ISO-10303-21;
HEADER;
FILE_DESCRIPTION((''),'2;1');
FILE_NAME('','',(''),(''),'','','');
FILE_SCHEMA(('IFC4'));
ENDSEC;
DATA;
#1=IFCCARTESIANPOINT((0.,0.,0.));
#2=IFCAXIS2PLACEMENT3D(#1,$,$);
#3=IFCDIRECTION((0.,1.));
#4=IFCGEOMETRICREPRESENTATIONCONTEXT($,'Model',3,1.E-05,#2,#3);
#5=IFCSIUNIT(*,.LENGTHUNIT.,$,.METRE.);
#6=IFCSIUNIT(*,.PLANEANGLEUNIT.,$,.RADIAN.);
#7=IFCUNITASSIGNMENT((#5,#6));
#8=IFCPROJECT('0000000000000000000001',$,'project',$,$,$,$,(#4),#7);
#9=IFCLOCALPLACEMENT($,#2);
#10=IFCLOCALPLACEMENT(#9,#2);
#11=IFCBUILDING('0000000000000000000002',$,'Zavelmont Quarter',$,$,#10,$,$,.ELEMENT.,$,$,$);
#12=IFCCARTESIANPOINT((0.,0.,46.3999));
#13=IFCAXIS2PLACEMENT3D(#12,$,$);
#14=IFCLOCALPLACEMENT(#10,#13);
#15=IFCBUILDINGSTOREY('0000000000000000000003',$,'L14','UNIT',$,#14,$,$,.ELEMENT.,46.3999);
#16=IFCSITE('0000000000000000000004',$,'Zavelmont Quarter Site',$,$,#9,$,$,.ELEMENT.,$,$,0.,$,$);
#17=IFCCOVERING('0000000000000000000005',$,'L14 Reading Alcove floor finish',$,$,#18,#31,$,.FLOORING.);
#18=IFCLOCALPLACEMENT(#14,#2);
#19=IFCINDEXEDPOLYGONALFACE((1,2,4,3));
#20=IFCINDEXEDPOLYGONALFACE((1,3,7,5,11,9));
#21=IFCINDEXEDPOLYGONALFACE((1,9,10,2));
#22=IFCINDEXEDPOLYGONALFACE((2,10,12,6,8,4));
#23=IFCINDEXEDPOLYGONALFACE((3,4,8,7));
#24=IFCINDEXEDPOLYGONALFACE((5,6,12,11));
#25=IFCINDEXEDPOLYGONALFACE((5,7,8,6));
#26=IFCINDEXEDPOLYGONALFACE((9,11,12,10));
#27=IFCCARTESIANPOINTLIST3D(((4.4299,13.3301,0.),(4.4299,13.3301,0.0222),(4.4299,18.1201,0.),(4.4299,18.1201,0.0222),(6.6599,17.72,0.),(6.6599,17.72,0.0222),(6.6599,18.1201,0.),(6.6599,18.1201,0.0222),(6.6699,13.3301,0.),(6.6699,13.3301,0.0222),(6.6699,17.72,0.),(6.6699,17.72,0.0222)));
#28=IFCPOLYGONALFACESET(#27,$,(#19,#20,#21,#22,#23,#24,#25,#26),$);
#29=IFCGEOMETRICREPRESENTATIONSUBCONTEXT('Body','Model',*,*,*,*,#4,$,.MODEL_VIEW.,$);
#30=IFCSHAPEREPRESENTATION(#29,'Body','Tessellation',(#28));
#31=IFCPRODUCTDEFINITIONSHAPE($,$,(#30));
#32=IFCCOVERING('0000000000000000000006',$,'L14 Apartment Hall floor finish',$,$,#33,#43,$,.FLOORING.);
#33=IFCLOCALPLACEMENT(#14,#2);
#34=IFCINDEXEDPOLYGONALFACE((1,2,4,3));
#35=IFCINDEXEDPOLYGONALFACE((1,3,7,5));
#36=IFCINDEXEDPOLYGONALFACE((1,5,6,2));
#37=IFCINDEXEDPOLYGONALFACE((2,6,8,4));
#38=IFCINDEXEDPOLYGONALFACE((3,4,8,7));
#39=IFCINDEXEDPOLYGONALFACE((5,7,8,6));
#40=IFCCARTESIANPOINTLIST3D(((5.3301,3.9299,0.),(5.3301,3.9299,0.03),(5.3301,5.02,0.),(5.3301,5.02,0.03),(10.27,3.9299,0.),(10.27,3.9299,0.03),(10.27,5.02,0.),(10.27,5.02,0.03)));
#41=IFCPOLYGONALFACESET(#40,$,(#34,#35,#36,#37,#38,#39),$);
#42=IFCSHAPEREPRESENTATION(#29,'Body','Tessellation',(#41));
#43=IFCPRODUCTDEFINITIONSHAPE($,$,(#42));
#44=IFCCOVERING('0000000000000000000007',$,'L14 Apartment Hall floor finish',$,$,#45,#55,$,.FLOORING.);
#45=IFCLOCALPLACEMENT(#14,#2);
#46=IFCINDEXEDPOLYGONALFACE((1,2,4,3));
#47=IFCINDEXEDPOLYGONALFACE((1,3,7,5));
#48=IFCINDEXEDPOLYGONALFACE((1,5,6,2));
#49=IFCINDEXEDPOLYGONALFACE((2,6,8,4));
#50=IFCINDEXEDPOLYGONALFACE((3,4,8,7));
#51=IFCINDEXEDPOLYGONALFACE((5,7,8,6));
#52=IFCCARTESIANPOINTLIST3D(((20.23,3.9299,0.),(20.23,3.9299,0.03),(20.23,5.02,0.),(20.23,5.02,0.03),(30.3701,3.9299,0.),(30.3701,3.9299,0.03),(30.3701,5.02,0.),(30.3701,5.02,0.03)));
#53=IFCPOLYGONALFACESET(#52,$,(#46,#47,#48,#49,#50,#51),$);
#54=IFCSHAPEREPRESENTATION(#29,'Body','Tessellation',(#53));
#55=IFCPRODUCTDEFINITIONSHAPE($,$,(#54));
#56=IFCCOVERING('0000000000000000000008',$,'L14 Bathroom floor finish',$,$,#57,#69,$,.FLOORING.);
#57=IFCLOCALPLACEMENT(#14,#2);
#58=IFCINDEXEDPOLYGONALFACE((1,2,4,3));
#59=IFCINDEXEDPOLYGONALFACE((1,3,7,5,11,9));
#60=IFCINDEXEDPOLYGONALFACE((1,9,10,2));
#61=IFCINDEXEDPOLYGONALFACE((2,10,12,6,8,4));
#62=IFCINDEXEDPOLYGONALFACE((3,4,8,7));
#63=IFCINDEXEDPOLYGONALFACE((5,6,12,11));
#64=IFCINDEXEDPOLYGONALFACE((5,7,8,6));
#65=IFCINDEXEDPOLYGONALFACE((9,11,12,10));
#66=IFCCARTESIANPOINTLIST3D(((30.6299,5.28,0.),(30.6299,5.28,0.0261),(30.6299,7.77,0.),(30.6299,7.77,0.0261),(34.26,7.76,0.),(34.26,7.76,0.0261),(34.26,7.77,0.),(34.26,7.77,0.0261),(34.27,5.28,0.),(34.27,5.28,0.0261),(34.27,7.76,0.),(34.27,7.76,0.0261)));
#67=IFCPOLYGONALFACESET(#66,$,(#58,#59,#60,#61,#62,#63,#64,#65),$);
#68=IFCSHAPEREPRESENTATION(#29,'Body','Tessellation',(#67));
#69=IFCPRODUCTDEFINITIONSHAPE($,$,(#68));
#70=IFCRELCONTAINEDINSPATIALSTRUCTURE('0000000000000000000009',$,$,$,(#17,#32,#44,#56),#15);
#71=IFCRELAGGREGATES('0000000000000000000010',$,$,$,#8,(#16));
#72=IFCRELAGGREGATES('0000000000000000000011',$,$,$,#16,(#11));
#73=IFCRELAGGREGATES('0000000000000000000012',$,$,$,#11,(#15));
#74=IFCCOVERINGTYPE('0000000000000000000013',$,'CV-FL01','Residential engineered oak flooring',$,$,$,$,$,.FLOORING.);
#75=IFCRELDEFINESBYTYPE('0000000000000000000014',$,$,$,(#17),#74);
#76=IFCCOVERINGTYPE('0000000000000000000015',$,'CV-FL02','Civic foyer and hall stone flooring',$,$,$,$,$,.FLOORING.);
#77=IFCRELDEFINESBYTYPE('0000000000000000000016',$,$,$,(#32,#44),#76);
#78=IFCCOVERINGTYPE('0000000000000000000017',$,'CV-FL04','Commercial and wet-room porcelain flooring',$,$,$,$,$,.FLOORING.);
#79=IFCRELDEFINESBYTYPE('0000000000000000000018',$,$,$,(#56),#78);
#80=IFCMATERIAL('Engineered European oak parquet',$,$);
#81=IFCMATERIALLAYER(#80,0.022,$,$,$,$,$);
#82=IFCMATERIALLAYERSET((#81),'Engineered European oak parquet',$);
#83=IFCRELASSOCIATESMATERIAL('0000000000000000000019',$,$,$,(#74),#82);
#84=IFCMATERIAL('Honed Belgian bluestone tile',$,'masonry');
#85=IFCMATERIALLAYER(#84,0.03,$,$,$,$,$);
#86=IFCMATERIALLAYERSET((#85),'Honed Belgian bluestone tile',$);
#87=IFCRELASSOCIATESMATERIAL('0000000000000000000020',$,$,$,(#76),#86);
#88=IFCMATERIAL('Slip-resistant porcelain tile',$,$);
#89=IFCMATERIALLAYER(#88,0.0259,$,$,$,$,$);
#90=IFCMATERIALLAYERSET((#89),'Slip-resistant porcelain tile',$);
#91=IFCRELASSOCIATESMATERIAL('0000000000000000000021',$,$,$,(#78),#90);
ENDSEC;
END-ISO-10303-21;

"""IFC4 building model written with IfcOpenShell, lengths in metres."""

from ifc_helpers import new_model, si_unit, direction, frame, origin, place, context, subcontext, project, spatial, polyline, outline, extrude, material, layer, layer_set, type_object, element, save


model = new_model("IFC4")

# Units and contexts
model_context = context("Model", 3, precision=1e-05, world=origin(), true_north=direction((0.0, 1.0)))
body_context = subcontext(model_context, "Body", "Model", "MODEL_VIEW")
ifc_project = project(units=[si_unit("LENGTHUNIT", "METRE"), si_unit("PLANEANGLEUNIT", "RADIAN")], contexts=[model_context])

# Site, building, storey
site_placement = place(None, origin())
site = spatial("IfcSite", under=ifc_project, at=site_placement, Name="Zavelmont Quarter Site", CompositionType="ELEMENT", RefElevation=0.0)
building_placement = place(site_placement, origin())
building = spatial("IfcBuilding", under=site, at=building_placement, Name="Zavelmont Quarter", CompositionType="ELEMENT")
storey_placement = place(building_placement, frame((0.0, 0.0, 46.3999)))
storey = spatial("IfcBuildingStorey", under=building, at=storey_placement, Name="L14", Description="UNIT", CompositionType="ELEMENT", Elevation=46.3999)

# Coverings
ifc_material_1 = material(Name="Engineered European oak parquet")
ifc_layer_1 = layer(ifc_material_1, 0.022)
ifc_layer_set_1 = layer_set([ifc_layer_1], Name="Engineered European oak parquet")
covering_type_1 = type_object("IfcCoveringType", Name="CV-FL01", Description="Residential engineered oak flooring", PredefinedType="FLOORING", material=ifc_layer_set_1)
covering_1_placement = place(storey_placement, origin())
element("IfcCovering", 1, at=covering_1_placement, inside=storey, type_object=covering_type_1, Name="L14 Reading Alcove floor finish", PredefinedType="FLOORING", context=body_context, shape_type="SweptSolid", body=[
    extrude(outline(polyline([(4.4299, 18.1201), (6.6599, 18.1201), (6.6599, 17.72), (6.6699, 17.72), (6.6699, 13.3301), (4.4299, 13.3301), (4.4299, 18.1201)])), origin(), (0.0, 0.0, 1.0), 0.0222),
])
ifc_material_2 = material(Name="Honed Belgian bluestone tile", Category="masonry")
ifc_layer_2 = layer(ifc_material_2, 0.03)
ifc_layer_set_2 = layer_set([ifc_layer_2], Name="Honed Belgian bluestone tile")
covering_type_2 = type_object("IfcCoveringType", Name="CV-FL02", Description="Civic foyer and hall stone flooring", PredefinedType="FLOORING", material=ifc_layer_set_2)
covering_2_placement = place(storey_placement, origin())
element("IfcCovering", 2, at=covering_2_placement, inside=storey, type_object=covering_type_2, Name="L14 Apartment Hall floor finish", PredefinedType="FLOORING", context=body_context, shape_type="SweptSolid", body=[
    extrude(outline(polyline([(5.3301, 5.02), (10.27, 5.02), (10.27, 3.9299), (5.3301, 3.9299), (5.3301, 5.02)])), origin(), (0.0, 0.0, 1.0), 0.03),
])
covering_3_placement = place(storey_placement, origin())
element("IfcCovering", 3, at=covering_3_placement, inside=storey, type_object=covering_type_2, Name="L14 Apartment Hall floor finish", PredefinedType="FLOORING", context=body_context, shape_type="SweptSolid", body=[
    extrude(outline(polyline([(20.23, 5.02), (30.3701, 5.02), (30.3701, 3.9299), (20.23, 3.9299), (20.23, 5.02)])), origin(), (0.0, 0.0, 1.0), 0.03),
])
ifc_material_3 = material(Name="Slip-resistant porcelain tile")
ifc_layer_3 = layer(ifc_material_3, 0.0259)
ifc_layer_set_3 = layer_set([ifc_layer_3], Name="Slip-resistant porcelain tile")
covering_type_3 = type_object("IfcCoveringType", Name="CV-FL04", Description="Commercial and wet-room porcelain flooring", PredefinedType="FLOORING", material=ifc_layer_set_3)
covering_4_placement = place(storey_placement, origin())
element("IfcCovering", 4, at=covering_4_placement, inside=storey, type_object=covering_type_3, Name="L14 Bathroom floor finish", PredefinedType="FLOORING", context=body_context, shape_type="SweptSolid", body=[
    extrude(outline(polyline([(30.6299, 7.77), (34.26, 7.77), (34.26, 7.76), (34.27, 7.76), (34.27, 5.28), (30.6299, 5.28), (30.6299, 7.77)])), origin(), (0.0, 0.0, 1.0), 0.0261),
])

save(model, "model.ifc")
